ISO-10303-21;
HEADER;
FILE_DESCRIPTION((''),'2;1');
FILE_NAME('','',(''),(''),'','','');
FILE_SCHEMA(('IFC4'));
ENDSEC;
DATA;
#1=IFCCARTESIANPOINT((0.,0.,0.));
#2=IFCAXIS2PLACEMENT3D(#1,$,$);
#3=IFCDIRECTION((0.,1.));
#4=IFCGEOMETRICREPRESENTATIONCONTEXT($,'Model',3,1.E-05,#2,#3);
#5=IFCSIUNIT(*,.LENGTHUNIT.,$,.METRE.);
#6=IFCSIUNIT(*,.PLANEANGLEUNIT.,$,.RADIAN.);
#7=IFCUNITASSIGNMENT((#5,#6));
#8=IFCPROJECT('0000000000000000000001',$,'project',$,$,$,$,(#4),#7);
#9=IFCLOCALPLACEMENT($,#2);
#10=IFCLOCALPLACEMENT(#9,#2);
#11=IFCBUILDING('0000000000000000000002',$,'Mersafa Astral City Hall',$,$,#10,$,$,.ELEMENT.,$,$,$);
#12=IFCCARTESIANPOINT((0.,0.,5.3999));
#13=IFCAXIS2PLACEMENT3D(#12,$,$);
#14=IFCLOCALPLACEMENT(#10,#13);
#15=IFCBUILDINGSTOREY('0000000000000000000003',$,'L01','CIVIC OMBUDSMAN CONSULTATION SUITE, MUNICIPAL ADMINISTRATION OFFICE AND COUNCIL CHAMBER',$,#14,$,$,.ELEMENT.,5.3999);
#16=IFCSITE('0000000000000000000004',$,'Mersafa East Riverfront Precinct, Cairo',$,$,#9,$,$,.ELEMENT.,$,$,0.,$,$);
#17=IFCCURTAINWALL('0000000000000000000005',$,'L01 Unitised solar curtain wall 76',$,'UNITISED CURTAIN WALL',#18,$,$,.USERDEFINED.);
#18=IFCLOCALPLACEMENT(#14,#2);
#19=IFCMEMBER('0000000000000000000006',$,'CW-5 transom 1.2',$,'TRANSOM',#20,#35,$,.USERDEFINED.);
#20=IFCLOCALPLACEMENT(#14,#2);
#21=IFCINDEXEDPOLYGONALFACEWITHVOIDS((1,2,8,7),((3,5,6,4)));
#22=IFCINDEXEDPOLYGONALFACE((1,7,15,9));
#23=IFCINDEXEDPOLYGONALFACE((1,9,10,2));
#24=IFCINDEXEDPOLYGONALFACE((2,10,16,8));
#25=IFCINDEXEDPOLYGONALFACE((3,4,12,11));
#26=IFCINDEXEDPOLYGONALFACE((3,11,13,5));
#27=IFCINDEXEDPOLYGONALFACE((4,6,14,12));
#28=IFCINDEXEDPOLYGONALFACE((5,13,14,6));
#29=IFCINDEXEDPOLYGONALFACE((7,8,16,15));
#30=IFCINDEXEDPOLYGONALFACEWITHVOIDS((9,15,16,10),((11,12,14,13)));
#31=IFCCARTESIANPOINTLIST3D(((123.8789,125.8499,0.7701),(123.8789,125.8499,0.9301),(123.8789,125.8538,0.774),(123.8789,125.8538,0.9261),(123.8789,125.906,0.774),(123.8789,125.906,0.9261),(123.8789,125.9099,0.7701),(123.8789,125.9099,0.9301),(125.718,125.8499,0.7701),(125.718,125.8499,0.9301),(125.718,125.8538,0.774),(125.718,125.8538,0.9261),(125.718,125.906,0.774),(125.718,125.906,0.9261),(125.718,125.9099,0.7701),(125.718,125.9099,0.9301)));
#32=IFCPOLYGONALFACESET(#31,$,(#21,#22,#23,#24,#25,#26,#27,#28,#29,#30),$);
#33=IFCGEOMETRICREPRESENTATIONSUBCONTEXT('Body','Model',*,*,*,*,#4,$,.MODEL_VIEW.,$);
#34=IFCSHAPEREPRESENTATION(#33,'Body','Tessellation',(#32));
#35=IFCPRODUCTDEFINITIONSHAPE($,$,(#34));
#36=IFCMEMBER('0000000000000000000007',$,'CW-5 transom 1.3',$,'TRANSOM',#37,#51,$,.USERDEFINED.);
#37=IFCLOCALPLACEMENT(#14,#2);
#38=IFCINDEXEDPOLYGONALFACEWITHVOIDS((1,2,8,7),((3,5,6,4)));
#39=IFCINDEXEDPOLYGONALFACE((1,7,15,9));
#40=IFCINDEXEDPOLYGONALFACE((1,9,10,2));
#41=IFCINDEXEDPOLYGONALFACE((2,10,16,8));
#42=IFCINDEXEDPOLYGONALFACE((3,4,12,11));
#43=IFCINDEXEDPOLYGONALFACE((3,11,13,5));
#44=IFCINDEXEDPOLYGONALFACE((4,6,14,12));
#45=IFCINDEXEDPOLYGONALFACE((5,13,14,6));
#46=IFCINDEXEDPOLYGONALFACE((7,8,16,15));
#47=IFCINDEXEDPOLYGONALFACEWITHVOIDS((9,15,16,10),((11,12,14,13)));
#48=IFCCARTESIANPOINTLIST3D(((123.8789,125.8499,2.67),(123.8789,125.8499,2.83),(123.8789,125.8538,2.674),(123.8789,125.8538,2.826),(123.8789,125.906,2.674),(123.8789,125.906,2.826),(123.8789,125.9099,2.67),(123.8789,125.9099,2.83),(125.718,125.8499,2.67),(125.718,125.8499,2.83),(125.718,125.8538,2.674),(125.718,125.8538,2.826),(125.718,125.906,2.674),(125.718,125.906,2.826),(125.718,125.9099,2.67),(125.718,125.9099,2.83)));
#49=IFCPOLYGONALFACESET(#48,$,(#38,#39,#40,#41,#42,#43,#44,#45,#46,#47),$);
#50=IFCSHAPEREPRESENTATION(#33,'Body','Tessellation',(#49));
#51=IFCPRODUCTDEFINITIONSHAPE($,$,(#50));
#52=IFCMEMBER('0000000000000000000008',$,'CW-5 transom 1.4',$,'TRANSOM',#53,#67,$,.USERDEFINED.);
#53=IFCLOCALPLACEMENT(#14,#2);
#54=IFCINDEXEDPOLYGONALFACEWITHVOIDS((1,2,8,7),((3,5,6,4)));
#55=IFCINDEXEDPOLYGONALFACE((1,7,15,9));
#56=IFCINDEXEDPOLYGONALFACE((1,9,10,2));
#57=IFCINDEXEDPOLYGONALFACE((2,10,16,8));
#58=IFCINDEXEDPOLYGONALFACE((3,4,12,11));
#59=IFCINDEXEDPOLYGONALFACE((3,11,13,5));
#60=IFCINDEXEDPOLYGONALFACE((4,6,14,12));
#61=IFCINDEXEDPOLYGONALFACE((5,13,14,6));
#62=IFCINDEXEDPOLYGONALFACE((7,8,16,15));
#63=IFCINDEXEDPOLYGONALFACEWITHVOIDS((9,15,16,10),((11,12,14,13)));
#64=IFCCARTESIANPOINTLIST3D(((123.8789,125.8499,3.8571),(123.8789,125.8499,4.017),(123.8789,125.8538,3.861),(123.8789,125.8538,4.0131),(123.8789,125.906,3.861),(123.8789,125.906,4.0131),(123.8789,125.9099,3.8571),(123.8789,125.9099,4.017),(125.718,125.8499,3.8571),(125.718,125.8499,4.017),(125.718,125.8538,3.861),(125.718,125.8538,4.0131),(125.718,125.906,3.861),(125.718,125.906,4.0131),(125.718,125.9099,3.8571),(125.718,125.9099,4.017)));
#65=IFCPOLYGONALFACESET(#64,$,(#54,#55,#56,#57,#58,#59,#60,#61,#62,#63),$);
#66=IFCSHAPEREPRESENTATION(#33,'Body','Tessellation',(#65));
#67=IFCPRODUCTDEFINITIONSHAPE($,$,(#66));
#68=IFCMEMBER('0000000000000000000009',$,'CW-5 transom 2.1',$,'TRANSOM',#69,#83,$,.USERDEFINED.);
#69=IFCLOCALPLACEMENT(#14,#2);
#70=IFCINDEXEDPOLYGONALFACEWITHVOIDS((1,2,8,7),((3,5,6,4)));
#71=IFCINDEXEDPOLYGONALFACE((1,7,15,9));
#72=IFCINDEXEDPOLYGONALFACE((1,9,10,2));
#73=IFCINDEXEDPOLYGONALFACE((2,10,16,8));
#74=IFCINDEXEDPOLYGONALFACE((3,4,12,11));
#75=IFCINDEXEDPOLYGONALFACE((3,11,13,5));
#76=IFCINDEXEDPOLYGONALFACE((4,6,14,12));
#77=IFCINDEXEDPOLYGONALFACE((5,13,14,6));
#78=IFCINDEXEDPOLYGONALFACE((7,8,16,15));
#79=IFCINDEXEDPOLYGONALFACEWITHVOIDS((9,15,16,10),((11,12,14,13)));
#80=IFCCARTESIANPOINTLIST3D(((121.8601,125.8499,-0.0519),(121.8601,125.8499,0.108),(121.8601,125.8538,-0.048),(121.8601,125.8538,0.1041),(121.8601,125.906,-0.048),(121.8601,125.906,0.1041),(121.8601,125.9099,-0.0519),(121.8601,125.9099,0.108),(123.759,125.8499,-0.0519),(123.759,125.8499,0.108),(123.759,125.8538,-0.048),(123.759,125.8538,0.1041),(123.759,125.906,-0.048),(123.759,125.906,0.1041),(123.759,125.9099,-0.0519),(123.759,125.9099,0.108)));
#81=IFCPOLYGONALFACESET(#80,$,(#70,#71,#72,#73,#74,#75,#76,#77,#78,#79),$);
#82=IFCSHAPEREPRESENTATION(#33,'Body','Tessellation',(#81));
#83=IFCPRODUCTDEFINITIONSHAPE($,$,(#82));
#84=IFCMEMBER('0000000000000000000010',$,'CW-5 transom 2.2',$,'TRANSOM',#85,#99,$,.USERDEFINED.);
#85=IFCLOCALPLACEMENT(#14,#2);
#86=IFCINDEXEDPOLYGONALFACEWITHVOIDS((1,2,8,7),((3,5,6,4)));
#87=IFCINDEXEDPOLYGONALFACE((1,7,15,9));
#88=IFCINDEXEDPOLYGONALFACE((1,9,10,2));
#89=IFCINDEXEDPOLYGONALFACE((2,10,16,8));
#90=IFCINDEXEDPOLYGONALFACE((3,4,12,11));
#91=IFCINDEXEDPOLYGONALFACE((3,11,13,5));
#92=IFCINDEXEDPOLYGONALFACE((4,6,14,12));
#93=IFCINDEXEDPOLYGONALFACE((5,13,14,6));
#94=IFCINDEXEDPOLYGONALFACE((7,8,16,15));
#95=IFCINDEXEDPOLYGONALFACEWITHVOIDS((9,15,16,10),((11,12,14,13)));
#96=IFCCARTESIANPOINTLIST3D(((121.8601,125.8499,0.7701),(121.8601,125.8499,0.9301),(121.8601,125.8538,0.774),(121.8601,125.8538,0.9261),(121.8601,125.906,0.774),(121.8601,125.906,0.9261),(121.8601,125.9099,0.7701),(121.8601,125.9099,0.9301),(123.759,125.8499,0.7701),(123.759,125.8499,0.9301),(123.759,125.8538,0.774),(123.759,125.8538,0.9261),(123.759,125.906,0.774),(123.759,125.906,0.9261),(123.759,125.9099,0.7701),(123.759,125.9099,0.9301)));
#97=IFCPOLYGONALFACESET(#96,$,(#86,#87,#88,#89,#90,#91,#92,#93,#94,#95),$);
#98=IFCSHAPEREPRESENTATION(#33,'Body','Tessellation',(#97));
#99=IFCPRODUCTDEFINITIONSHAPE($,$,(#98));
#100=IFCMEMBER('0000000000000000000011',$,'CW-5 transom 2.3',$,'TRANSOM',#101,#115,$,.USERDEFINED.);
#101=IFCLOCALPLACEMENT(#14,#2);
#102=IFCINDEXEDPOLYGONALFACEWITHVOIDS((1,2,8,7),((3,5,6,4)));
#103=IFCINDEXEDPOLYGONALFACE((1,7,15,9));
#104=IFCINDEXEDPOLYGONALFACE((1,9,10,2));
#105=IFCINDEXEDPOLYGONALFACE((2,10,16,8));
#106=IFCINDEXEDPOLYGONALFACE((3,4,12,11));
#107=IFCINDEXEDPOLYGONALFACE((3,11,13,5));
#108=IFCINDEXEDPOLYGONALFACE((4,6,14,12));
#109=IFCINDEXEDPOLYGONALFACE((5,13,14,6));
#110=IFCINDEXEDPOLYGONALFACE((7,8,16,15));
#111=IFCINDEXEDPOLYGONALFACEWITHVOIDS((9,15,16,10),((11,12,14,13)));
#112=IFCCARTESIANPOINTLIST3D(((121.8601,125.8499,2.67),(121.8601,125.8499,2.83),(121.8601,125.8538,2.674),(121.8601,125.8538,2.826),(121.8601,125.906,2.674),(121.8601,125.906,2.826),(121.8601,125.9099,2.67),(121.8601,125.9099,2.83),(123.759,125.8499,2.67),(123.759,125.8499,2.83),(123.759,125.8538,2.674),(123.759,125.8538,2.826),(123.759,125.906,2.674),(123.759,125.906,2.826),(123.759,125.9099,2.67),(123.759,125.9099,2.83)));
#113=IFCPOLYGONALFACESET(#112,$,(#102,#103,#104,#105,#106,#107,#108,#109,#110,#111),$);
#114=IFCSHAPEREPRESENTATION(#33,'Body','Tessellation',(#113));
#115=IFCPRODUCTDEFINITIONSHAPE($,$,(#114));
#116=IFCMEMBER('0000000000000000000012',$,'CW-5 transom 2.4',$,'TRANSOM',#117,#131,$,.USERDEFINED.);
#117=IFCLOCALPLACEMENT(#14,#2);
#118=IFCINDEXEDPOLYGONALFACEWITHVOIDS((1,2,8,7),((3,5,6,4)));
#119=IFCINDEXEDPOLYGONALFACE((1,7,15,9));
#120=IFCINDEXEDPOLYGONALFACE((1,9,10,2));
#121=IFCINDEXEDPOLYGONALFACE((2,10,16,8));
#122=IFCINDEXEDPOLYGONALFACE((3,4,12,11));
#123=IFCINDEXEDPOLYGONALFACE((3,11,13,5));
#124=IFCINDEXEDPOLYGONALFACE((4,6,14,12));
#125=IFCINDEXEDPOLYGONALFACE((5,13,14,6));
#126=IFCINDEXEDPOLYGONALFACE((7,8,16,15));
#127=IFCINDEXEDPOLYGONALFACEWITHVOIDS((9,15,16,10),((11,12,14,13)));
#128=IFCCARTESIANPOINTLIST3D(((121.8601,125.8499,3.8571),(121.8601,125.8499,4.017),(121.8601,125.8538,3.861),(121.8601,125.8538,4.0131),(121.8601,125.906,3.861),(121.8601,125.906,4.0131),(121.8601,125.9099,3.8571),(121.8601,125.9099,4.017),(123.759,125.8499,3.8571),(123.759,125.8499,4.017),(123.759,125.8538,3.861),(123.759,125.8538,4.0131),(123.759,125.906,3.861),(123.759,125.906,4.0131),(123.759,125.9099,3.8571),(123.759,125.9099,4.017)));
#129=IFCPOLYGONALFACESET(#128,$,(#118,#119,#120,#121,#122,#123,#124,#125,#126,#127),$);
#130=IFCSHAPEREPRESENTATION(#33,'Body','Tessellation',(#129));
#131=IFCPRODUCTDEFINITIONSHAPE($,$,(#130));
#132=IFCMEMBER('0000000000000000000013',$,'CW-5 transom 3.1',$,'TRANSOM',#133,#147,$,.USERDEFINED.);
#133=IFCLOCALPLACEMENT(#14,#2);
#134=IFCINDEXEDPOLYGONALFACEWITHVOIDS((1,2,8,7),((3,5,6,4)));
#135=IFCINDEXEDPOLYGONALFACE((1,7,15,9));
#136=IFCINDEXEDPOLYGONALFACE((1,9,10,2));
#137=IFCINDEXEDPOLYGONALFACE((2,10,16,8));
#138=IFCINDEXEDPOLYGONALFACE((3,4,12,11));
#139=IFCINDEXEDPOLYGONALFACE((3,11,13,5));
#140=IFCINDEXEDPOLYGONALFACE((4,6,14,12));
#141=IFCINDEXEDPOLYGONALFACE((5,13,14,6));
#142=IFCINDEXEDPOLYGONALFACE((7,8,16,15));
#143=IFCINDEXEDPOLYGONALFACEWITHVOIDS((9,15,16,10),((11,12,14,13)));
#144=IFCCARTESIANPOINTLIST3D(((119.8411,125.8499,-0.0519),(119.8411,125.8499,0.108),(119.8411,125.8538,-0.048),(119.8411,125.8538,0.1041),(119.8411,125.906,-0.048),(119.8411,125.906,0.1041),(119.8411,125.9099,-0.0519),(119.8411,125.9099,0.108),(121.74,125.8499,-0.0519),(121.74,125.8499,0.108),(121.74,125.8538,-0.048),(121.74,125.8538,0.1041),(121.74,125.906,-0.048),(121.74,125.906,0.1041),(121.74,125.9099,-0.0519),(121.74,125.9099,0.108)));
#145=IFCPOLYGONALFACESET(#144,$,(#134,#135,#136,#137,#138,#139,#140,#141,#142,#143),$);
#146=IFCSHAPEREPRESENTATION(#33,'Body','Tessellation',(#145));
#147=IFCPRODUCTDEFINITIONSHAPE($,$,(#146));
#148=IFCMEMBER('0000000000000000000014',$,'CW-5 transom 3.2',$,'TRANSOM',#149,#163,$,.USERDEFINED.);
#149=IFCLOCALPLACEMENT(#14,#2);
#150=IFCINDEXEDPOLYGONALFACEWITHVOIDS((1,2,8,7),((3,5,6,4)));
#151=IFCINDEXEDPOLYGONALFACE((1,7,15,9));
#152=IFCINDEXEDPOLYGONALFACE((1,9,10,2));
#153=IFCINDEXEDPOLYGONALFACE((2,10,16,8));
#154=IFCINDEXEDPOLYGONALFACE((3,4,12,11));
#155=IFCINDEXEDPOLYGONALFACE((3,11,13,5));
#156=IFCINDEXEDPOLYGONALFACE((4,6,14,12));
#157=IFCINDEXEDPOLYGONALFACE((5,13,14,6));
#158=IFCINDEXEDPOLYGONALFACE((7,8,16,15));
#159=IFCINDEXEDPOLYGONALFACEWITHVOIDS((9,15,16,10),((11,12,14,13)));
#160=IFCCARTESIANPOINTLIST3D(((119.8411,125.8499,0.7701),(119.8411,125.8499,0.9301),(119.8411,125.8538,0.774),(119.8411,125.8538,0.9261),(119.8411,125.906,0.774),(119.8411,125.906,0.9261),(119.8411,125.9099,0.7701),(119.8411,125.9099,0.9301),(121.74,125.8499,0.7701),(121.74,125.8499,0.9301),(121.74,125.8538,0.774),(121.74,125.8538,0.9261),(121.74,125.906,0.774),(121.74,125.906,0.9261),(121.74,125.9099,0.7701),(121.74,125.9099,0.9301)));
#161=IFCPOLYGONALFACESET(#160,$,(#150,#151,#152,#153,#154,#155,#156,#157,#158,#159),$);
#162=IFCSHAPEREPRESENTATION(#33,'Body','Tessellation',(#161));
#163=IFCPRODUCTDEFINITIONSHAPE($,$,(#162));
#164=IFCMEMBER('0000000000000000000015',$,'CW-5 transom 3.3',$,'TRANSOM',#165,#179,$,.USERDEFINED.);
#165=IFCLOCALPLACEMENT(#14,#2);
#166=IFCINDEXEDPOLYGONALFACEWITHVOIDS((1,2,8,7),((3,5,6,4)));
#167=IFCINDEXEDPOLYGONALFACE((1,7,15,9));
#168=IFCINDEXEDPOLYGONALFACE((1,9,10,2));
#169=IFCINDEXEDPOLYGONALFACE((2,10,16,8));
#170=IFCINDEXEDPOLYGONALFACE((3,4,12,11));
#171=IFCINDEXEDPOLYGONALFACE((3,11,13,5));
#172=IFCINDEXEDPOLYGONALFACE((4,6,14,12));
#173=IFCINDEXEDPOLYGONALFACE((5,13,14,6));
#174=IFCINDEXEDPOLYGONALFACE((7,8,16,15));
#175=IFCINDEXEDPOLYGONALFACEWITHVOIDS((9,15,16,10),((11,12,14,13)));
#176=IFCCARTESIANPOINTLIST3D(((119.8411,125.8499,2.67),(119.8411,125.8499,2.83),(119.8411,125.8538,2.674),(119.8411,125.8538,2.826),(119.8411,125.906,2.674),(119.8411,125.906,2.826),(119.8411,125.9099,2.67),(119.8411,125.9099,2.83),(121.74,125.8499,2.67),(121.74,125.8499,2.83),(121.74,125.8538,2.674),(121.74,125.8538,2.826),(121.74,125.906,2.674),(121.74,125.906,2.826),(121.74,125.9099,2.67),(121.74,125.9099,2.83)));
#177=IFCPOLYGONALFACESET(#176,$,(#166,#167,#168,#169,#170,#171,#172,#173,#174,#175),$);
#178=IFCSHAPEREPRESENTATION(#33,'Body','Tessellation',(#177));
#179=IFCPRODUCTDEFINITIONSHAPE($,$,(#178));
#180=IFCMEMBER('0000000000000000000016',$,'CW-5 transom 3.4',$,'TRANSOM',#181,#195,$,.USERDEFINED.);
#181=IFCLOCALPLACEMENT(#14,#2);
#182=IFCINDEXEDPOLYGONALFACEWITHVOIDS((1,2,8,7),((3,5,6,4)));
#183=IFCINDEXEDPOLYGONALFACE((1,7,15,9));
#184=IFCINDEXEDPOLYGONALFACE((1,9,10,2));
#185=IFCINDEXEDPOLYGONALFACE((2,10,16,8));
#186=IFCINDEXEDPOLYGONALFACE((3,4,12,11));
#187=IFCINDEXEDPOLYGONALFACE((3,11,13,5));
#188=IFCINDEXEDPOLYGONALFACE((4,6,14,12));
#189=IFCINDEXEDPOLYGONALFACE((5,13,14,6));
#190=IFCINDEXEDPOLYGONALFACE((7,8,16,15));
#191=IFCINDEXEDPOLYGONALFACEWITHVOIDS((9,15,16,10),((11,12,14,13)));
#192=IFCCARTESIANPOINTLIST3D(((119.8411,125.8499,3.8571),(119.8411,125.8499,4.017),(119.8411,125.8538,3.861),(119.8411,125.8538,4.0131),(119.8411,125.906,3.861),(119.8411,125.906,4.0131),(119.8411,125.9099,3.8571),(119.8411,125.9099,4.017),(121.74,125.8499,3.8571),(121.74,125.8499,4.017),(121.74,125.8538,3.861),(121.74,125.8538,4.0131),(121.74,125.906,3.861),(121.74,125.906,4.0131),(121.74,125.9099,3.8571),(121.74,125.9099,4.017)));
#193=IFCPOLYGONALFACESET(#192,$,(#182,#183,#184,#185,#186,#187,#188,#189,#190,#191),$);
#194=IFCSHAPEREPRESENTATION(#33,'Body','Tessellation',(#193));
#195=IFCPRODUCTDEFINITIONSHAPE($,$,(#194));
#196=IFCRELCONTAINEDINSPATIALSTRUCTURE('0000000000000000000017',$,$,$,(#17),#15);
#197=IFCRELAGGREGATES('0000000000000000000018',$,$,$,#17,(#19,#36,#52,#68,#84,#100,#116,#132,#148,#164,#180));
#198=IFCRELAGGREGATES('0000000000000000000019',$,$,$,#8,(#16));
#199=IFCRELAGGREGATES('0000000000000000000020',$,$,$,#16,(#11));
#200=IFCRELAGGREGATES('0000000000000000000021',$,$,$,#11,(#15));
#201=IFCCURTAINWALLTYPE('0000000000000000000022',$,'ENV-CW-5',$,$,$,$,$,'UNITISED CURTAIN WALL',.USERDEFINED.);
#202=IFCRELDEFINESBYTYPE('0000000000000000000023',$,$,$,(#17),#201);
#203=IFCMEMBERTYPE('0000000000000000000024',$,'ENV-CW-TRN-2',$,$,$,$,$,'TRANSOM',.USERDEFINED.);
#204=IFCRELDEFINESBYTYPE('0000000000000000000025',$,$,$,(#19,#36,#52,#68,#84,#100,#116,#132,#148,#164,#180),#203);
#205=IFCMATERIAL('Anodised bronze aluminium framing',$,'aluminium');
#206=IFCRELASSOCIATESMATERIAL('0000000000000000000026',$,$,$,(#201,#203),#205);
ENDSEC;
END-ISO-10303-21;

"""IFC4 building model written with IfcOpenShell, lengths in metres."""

from ifc_helpers import new_model, si_unit, direction, frame, origin, origin_2d, place, context, subcontext, project, spatial, hollow_rectangle, extrude, material, material_profile, profile_set, type_object, element, aggregate, save


model = new_model("IFC4")

# Units and contexts
model_context = context("Model", 3, precision=1e-05, world=origin(), true_north=direction((0.0, 1.0)))
body_context = subcontext(model_context, "Body", "Model", "MODEL_VIEW")
ifc_project = project(units=[si_unit("LENGTHUNIT", "METRE"), si_unit("PLANEANGLEUNIT", "RADIAN")], contexts=[model_context])

# Site, building, storey
site_placement = place(None, origin())
site = spatial("IfcSite", under=ifc_project, at=site_placement, Name="Mersafa East Riverfront Precinct, Cairo", CompositionType="ELEMENT", RefElevation=0.0)
building_placement = place(site_placement, origin())
building = spatial("IfcBuilding", under=site, at=building_placement, Name="Mersafa Astral City Hall", CompositionType="ELEMENT")
storey_placement = place(building_placement, frame((0.0, 0.0, 5.3999)))
storey = spatial("IfcBuildingStorey", under=building, at=storey_placement, Name="L01", Description="CIVIC OMBUDSMAN CONSULTATION SUITE, MUNICIPAL ADMINISTRATION OFFICE AND COUNCIL CHAMBER", CompositionType="ELEMENT", Elevation=5.3999)

# Curtain wall, members
ifc_material_1 = material(Name="Anodised bronze aluminium framing", Category="aluminium")
curtain_wall_type = type_object("IfcCurtainWallType", Name="ENV-CW-5", ElementType="UNITISED CURTAIN WALL", PredefinedType="USERDEFINED", material=ifc_material_1)
curtain_wall_placement = place(storey_placement, origin())
curtain_wall = element("IfcCurtainWall", 1, at=curtain_wall_placement, inside=storey, type_object=curtain_wall_type, Name="L01 Unitised solar curtain wall 76", ObjectType="UNITISED CURTAIN WALL", PredefinedType="USERDEFINED")
ifc_material_profile_1 = material_profile(ifc_material_1, hollow_rectangle(XDim=0.0601, YDim=0.1599, WallThickness=0.0039, at=origin_2d()), Name="RHS 60x160x4")
ifc_profile_set_1 = profile_set([ifc_material_profile_1], Name="Anodised bronze aluminium framing")
member_type_1 = type_object("IfcMemberType", Name="ENV-CW-TRN-2", ElementType="TRANSOM", PredefinedType="USERDEFINED", material=ifc_profile_set_1)
member_1_placement = place(storey_placement, frame((125.718, 125.8799, 0.8501), z_axis=(-1.0, 0.0, 0.0), x_axis=(0.0, -1.0, 0.0)))
member_1 = element("IfcMember", 2, at=member_1_placement, type_object=member_type_1, Name="CW-5 transom 1.2", ObjectType="TRANSOM", PredefinedType="USERDEFINED", context=body_context, shape_type="SweptSolid", body=[
    extrude(hollow_rectangle(XDim=0.0601, YDim=0.1599, WallThickness=0.0039, at=origin_2d()), origin(), (0.0, 0.0, 1.0), 1.8391),
])
member_2_placement = place(storey_placement, frame((125.718, 125.8799, 2.75), z_axis=(-1.0, 0.0, 0.0), x_axis=(0.0, -1.0, 0.0)))
member_2 = element("IfcMember", 3, at=member_2_placement, type_object=member_type_1, Name="CW-5 transom 1.3", ObjectType="TRANSOM", PredefinedType="USERDEFINED", context=body_context, shape_type="SweptSolid", body=[
    extrude(hollow_rectangle(XDim=0.0601, YDim=0.1599, WallThickness=0.0039, at=origin_2d()), origin(), (0.0, 0.0, 1.0), 1.8391),
])
member_3_placement = place(storey_placement, frame((125.718, 125.8799, 3.937), z_axis=(-1.0, 0.0, 0.0), x_axis=(0.0, -1.0, 0.0)))
member_3 = element("IfcMember", 4, at=member_3_placement, type_object=member_type_1, Name="CW-5 transom 1.4", ObjectType="TRANSOM", PredefinedType="USERDEFINED", context=body_context, shape_type="SweptSolid", body=[
    extrude(hollow_rectangle(XDim=0.0601, YDim=0.1599, WallThickness=0.0039, at=origin_2d()), origin(), (0.0, 0.0, 1.0), 1.8391),
])
member_4_placement = place(storey_placement, frame((123.759, 125.8799, 0.0281), z_axis=(-1.0, 0.0, 0.0), x_axis=(0.0, -1.0, 0.0)))
member_4 = element("IfcMember", 5, at=member_4_placement, type_object=member_type_1, Name="CW-5 transom 2.1", ObjectType="TRANSOM", PredefinedType="USERDEFINED", context=body_context, shape_type="SweptSolid", body=[
    extrude(hollow_rectangle(XDim=0.0601, YDim=0.1599, WallThickness=0.0039, at=origin_2d()), origin(), (0.0, 0.0, 1.0), 1.8989),
])
member_5_placement = place(storey_placement, frame((123.759, 125.8799, 0.8501), z_axis=(-1.0, 0.0, 0.0), x_axis=(0.0, -1.0, 0.0)))
member_5 = element("IfcMember", 6, at=member_5_placement, type_object=member_type_1, Name="CW-5 transom 2.2", ObjectType="TRANSOM", PredefinedType="USERDEFINED", context=body_context, shape_type="SweptSolid", body=[
    extrude(hollow_rectangle(XDim=0.0601, YDim=0.1599, WallThickness=0.0039, at=origin_2d()), origin(), (0.0, 0.0, 1.0), 1.8989),
])
member_6_placement = place(storey_placement, frame((123.759, 125.8799, 2.75), z_axis=(-1.0, 0.0, 0.0), x_axis=(0.0, -1.0, 0.0)))
member_6 = element("IfcMember", 7, at=member_6_placement, type_object=member_type_1, Name="CW-5 transom 2.3", ObjectType="TRANSOM", PredefinedType="USERDEFINED", context=body_context, shape_type="SweptSolid", body=[
    extrude(hollow_rectangle(XDim=0.0601, YDim=0.1599, WallThickness=0.0039, at=origin_2d()), origin(), (0.0, 0.0, 1.0), 1.8989),
])
member_7_placement = place(storey_placement, frame((123.759, 125.8799, 3.937), z_axis=(-1.0, 0.0, 0.0), x_axis=(0.0, -1.0, 0.0)))
member_7 = element("IfcMember", 8, at=member_7_placement, type_object=member_type_1, Name="CW-5 transom 2.4", ObjectType="TRANSOM", PredefinedType="USERDEFINED", context=body_context, shape_type="SweptSolid", body=[
    extrude(hollow_rectangle(XDim=0.0601, YDim=0.1599, WallThickness=0.0039, at=origin_2d()), origin(), (0.0, 0.0, 1.0), 1.8989),
])
member_8_placement = place(storey_placement, frame((121.74, 125.8799, 0.0281), z_axis=(-1.0, 0.0, 0.0), x_axis=(0.0, -1.0, 0.0)))
member_8 = element("IfcMember", 9, at=member_8_placement, type_object=member_type_1, Name="CW-5 transom 3.1", ObjectType="TRANSOM", PredefinedType="USERDEFINED", context=body_context, shape_type="SweptSolid", body=[
    extrude(hollow_rectangle(XDim=0.0601, YDim=0.1599, WallThickness=0.0039, at=origin_2d()), origin(), (0.0, 0.0, 1.0), 1.8989),
])
member_9_placement = place(storey_placement, frame((121.74, 125.8799, 0.8501), z_axis=(-1.0, 0.0, 0.0), x_axis=(0.0, -1.0, 0.0)))
member_9 = element("IfcMember", 10, at=member_9_placement, type_object=member_type_1, Name="CW-5 transom 3.2", ObjectType="TRANSOM", PredefinedType="USERDEFINED", context=body_context, shape_type="SweptSolid", body=[
    extrude(hollow_rectangle(XDim=0.0601, YDim=0.1599, WallThickness=0.0039, at=origin_2d()), origin(), (0.0, 0.0, 1.0), 1.8989),
])
member_10_placement = place(storey_placement, frame((121.74, 125.8799, 2.75), z_axis=(-1.0, 0.0, 0.0), x_axis=(0.0, -1.0, 0.0)))
member_10 = element("IfcMember", 11, at=member_10_placement, type_object=member_type_1, Name="CW-5 transom 3.3", ObjectType="TRANSOM", PredefinedType="USERDEFINED", context=body_context, shape_type="SweptSolid", body=[
    extrude(hollow_rectangle(XDim=0.0601, YDim=0.1599, WallThickness=0.0039, at=origin_2d()), origin(), (0.0, 0.0, 1.0), 1.8989),
])
member_11_placement = place(storey_placement, frame((121.74, 125.8799, 3.937), z_axis=(-1.0, 0.0, 0.0), x_axis=(0.0, -1.0, 0.0)))
member_11 = element("IfcMember", 12, at=member_11_placement, type_object=member_type_1, Name="CW-5 transom 3.4", ObjectType="TRANSOM", PredefinedType="USERDEFINED", context=body_context, shape_type="SweptSolid", body=[
    extrude(hollow_rectangle(XDim=0.0601, YDim=0.1599, WallThickness=0.0039, at=origin_2d()), origin(), (0.0, 0.0, 1.0), 1.8989),
])

aggregate(curtain_wall, [member_1, member_2, member_3, member_4, member_5, member_6, member_7, member_8, member_9, member_10, member_11])

save(model, "model.ifc")
